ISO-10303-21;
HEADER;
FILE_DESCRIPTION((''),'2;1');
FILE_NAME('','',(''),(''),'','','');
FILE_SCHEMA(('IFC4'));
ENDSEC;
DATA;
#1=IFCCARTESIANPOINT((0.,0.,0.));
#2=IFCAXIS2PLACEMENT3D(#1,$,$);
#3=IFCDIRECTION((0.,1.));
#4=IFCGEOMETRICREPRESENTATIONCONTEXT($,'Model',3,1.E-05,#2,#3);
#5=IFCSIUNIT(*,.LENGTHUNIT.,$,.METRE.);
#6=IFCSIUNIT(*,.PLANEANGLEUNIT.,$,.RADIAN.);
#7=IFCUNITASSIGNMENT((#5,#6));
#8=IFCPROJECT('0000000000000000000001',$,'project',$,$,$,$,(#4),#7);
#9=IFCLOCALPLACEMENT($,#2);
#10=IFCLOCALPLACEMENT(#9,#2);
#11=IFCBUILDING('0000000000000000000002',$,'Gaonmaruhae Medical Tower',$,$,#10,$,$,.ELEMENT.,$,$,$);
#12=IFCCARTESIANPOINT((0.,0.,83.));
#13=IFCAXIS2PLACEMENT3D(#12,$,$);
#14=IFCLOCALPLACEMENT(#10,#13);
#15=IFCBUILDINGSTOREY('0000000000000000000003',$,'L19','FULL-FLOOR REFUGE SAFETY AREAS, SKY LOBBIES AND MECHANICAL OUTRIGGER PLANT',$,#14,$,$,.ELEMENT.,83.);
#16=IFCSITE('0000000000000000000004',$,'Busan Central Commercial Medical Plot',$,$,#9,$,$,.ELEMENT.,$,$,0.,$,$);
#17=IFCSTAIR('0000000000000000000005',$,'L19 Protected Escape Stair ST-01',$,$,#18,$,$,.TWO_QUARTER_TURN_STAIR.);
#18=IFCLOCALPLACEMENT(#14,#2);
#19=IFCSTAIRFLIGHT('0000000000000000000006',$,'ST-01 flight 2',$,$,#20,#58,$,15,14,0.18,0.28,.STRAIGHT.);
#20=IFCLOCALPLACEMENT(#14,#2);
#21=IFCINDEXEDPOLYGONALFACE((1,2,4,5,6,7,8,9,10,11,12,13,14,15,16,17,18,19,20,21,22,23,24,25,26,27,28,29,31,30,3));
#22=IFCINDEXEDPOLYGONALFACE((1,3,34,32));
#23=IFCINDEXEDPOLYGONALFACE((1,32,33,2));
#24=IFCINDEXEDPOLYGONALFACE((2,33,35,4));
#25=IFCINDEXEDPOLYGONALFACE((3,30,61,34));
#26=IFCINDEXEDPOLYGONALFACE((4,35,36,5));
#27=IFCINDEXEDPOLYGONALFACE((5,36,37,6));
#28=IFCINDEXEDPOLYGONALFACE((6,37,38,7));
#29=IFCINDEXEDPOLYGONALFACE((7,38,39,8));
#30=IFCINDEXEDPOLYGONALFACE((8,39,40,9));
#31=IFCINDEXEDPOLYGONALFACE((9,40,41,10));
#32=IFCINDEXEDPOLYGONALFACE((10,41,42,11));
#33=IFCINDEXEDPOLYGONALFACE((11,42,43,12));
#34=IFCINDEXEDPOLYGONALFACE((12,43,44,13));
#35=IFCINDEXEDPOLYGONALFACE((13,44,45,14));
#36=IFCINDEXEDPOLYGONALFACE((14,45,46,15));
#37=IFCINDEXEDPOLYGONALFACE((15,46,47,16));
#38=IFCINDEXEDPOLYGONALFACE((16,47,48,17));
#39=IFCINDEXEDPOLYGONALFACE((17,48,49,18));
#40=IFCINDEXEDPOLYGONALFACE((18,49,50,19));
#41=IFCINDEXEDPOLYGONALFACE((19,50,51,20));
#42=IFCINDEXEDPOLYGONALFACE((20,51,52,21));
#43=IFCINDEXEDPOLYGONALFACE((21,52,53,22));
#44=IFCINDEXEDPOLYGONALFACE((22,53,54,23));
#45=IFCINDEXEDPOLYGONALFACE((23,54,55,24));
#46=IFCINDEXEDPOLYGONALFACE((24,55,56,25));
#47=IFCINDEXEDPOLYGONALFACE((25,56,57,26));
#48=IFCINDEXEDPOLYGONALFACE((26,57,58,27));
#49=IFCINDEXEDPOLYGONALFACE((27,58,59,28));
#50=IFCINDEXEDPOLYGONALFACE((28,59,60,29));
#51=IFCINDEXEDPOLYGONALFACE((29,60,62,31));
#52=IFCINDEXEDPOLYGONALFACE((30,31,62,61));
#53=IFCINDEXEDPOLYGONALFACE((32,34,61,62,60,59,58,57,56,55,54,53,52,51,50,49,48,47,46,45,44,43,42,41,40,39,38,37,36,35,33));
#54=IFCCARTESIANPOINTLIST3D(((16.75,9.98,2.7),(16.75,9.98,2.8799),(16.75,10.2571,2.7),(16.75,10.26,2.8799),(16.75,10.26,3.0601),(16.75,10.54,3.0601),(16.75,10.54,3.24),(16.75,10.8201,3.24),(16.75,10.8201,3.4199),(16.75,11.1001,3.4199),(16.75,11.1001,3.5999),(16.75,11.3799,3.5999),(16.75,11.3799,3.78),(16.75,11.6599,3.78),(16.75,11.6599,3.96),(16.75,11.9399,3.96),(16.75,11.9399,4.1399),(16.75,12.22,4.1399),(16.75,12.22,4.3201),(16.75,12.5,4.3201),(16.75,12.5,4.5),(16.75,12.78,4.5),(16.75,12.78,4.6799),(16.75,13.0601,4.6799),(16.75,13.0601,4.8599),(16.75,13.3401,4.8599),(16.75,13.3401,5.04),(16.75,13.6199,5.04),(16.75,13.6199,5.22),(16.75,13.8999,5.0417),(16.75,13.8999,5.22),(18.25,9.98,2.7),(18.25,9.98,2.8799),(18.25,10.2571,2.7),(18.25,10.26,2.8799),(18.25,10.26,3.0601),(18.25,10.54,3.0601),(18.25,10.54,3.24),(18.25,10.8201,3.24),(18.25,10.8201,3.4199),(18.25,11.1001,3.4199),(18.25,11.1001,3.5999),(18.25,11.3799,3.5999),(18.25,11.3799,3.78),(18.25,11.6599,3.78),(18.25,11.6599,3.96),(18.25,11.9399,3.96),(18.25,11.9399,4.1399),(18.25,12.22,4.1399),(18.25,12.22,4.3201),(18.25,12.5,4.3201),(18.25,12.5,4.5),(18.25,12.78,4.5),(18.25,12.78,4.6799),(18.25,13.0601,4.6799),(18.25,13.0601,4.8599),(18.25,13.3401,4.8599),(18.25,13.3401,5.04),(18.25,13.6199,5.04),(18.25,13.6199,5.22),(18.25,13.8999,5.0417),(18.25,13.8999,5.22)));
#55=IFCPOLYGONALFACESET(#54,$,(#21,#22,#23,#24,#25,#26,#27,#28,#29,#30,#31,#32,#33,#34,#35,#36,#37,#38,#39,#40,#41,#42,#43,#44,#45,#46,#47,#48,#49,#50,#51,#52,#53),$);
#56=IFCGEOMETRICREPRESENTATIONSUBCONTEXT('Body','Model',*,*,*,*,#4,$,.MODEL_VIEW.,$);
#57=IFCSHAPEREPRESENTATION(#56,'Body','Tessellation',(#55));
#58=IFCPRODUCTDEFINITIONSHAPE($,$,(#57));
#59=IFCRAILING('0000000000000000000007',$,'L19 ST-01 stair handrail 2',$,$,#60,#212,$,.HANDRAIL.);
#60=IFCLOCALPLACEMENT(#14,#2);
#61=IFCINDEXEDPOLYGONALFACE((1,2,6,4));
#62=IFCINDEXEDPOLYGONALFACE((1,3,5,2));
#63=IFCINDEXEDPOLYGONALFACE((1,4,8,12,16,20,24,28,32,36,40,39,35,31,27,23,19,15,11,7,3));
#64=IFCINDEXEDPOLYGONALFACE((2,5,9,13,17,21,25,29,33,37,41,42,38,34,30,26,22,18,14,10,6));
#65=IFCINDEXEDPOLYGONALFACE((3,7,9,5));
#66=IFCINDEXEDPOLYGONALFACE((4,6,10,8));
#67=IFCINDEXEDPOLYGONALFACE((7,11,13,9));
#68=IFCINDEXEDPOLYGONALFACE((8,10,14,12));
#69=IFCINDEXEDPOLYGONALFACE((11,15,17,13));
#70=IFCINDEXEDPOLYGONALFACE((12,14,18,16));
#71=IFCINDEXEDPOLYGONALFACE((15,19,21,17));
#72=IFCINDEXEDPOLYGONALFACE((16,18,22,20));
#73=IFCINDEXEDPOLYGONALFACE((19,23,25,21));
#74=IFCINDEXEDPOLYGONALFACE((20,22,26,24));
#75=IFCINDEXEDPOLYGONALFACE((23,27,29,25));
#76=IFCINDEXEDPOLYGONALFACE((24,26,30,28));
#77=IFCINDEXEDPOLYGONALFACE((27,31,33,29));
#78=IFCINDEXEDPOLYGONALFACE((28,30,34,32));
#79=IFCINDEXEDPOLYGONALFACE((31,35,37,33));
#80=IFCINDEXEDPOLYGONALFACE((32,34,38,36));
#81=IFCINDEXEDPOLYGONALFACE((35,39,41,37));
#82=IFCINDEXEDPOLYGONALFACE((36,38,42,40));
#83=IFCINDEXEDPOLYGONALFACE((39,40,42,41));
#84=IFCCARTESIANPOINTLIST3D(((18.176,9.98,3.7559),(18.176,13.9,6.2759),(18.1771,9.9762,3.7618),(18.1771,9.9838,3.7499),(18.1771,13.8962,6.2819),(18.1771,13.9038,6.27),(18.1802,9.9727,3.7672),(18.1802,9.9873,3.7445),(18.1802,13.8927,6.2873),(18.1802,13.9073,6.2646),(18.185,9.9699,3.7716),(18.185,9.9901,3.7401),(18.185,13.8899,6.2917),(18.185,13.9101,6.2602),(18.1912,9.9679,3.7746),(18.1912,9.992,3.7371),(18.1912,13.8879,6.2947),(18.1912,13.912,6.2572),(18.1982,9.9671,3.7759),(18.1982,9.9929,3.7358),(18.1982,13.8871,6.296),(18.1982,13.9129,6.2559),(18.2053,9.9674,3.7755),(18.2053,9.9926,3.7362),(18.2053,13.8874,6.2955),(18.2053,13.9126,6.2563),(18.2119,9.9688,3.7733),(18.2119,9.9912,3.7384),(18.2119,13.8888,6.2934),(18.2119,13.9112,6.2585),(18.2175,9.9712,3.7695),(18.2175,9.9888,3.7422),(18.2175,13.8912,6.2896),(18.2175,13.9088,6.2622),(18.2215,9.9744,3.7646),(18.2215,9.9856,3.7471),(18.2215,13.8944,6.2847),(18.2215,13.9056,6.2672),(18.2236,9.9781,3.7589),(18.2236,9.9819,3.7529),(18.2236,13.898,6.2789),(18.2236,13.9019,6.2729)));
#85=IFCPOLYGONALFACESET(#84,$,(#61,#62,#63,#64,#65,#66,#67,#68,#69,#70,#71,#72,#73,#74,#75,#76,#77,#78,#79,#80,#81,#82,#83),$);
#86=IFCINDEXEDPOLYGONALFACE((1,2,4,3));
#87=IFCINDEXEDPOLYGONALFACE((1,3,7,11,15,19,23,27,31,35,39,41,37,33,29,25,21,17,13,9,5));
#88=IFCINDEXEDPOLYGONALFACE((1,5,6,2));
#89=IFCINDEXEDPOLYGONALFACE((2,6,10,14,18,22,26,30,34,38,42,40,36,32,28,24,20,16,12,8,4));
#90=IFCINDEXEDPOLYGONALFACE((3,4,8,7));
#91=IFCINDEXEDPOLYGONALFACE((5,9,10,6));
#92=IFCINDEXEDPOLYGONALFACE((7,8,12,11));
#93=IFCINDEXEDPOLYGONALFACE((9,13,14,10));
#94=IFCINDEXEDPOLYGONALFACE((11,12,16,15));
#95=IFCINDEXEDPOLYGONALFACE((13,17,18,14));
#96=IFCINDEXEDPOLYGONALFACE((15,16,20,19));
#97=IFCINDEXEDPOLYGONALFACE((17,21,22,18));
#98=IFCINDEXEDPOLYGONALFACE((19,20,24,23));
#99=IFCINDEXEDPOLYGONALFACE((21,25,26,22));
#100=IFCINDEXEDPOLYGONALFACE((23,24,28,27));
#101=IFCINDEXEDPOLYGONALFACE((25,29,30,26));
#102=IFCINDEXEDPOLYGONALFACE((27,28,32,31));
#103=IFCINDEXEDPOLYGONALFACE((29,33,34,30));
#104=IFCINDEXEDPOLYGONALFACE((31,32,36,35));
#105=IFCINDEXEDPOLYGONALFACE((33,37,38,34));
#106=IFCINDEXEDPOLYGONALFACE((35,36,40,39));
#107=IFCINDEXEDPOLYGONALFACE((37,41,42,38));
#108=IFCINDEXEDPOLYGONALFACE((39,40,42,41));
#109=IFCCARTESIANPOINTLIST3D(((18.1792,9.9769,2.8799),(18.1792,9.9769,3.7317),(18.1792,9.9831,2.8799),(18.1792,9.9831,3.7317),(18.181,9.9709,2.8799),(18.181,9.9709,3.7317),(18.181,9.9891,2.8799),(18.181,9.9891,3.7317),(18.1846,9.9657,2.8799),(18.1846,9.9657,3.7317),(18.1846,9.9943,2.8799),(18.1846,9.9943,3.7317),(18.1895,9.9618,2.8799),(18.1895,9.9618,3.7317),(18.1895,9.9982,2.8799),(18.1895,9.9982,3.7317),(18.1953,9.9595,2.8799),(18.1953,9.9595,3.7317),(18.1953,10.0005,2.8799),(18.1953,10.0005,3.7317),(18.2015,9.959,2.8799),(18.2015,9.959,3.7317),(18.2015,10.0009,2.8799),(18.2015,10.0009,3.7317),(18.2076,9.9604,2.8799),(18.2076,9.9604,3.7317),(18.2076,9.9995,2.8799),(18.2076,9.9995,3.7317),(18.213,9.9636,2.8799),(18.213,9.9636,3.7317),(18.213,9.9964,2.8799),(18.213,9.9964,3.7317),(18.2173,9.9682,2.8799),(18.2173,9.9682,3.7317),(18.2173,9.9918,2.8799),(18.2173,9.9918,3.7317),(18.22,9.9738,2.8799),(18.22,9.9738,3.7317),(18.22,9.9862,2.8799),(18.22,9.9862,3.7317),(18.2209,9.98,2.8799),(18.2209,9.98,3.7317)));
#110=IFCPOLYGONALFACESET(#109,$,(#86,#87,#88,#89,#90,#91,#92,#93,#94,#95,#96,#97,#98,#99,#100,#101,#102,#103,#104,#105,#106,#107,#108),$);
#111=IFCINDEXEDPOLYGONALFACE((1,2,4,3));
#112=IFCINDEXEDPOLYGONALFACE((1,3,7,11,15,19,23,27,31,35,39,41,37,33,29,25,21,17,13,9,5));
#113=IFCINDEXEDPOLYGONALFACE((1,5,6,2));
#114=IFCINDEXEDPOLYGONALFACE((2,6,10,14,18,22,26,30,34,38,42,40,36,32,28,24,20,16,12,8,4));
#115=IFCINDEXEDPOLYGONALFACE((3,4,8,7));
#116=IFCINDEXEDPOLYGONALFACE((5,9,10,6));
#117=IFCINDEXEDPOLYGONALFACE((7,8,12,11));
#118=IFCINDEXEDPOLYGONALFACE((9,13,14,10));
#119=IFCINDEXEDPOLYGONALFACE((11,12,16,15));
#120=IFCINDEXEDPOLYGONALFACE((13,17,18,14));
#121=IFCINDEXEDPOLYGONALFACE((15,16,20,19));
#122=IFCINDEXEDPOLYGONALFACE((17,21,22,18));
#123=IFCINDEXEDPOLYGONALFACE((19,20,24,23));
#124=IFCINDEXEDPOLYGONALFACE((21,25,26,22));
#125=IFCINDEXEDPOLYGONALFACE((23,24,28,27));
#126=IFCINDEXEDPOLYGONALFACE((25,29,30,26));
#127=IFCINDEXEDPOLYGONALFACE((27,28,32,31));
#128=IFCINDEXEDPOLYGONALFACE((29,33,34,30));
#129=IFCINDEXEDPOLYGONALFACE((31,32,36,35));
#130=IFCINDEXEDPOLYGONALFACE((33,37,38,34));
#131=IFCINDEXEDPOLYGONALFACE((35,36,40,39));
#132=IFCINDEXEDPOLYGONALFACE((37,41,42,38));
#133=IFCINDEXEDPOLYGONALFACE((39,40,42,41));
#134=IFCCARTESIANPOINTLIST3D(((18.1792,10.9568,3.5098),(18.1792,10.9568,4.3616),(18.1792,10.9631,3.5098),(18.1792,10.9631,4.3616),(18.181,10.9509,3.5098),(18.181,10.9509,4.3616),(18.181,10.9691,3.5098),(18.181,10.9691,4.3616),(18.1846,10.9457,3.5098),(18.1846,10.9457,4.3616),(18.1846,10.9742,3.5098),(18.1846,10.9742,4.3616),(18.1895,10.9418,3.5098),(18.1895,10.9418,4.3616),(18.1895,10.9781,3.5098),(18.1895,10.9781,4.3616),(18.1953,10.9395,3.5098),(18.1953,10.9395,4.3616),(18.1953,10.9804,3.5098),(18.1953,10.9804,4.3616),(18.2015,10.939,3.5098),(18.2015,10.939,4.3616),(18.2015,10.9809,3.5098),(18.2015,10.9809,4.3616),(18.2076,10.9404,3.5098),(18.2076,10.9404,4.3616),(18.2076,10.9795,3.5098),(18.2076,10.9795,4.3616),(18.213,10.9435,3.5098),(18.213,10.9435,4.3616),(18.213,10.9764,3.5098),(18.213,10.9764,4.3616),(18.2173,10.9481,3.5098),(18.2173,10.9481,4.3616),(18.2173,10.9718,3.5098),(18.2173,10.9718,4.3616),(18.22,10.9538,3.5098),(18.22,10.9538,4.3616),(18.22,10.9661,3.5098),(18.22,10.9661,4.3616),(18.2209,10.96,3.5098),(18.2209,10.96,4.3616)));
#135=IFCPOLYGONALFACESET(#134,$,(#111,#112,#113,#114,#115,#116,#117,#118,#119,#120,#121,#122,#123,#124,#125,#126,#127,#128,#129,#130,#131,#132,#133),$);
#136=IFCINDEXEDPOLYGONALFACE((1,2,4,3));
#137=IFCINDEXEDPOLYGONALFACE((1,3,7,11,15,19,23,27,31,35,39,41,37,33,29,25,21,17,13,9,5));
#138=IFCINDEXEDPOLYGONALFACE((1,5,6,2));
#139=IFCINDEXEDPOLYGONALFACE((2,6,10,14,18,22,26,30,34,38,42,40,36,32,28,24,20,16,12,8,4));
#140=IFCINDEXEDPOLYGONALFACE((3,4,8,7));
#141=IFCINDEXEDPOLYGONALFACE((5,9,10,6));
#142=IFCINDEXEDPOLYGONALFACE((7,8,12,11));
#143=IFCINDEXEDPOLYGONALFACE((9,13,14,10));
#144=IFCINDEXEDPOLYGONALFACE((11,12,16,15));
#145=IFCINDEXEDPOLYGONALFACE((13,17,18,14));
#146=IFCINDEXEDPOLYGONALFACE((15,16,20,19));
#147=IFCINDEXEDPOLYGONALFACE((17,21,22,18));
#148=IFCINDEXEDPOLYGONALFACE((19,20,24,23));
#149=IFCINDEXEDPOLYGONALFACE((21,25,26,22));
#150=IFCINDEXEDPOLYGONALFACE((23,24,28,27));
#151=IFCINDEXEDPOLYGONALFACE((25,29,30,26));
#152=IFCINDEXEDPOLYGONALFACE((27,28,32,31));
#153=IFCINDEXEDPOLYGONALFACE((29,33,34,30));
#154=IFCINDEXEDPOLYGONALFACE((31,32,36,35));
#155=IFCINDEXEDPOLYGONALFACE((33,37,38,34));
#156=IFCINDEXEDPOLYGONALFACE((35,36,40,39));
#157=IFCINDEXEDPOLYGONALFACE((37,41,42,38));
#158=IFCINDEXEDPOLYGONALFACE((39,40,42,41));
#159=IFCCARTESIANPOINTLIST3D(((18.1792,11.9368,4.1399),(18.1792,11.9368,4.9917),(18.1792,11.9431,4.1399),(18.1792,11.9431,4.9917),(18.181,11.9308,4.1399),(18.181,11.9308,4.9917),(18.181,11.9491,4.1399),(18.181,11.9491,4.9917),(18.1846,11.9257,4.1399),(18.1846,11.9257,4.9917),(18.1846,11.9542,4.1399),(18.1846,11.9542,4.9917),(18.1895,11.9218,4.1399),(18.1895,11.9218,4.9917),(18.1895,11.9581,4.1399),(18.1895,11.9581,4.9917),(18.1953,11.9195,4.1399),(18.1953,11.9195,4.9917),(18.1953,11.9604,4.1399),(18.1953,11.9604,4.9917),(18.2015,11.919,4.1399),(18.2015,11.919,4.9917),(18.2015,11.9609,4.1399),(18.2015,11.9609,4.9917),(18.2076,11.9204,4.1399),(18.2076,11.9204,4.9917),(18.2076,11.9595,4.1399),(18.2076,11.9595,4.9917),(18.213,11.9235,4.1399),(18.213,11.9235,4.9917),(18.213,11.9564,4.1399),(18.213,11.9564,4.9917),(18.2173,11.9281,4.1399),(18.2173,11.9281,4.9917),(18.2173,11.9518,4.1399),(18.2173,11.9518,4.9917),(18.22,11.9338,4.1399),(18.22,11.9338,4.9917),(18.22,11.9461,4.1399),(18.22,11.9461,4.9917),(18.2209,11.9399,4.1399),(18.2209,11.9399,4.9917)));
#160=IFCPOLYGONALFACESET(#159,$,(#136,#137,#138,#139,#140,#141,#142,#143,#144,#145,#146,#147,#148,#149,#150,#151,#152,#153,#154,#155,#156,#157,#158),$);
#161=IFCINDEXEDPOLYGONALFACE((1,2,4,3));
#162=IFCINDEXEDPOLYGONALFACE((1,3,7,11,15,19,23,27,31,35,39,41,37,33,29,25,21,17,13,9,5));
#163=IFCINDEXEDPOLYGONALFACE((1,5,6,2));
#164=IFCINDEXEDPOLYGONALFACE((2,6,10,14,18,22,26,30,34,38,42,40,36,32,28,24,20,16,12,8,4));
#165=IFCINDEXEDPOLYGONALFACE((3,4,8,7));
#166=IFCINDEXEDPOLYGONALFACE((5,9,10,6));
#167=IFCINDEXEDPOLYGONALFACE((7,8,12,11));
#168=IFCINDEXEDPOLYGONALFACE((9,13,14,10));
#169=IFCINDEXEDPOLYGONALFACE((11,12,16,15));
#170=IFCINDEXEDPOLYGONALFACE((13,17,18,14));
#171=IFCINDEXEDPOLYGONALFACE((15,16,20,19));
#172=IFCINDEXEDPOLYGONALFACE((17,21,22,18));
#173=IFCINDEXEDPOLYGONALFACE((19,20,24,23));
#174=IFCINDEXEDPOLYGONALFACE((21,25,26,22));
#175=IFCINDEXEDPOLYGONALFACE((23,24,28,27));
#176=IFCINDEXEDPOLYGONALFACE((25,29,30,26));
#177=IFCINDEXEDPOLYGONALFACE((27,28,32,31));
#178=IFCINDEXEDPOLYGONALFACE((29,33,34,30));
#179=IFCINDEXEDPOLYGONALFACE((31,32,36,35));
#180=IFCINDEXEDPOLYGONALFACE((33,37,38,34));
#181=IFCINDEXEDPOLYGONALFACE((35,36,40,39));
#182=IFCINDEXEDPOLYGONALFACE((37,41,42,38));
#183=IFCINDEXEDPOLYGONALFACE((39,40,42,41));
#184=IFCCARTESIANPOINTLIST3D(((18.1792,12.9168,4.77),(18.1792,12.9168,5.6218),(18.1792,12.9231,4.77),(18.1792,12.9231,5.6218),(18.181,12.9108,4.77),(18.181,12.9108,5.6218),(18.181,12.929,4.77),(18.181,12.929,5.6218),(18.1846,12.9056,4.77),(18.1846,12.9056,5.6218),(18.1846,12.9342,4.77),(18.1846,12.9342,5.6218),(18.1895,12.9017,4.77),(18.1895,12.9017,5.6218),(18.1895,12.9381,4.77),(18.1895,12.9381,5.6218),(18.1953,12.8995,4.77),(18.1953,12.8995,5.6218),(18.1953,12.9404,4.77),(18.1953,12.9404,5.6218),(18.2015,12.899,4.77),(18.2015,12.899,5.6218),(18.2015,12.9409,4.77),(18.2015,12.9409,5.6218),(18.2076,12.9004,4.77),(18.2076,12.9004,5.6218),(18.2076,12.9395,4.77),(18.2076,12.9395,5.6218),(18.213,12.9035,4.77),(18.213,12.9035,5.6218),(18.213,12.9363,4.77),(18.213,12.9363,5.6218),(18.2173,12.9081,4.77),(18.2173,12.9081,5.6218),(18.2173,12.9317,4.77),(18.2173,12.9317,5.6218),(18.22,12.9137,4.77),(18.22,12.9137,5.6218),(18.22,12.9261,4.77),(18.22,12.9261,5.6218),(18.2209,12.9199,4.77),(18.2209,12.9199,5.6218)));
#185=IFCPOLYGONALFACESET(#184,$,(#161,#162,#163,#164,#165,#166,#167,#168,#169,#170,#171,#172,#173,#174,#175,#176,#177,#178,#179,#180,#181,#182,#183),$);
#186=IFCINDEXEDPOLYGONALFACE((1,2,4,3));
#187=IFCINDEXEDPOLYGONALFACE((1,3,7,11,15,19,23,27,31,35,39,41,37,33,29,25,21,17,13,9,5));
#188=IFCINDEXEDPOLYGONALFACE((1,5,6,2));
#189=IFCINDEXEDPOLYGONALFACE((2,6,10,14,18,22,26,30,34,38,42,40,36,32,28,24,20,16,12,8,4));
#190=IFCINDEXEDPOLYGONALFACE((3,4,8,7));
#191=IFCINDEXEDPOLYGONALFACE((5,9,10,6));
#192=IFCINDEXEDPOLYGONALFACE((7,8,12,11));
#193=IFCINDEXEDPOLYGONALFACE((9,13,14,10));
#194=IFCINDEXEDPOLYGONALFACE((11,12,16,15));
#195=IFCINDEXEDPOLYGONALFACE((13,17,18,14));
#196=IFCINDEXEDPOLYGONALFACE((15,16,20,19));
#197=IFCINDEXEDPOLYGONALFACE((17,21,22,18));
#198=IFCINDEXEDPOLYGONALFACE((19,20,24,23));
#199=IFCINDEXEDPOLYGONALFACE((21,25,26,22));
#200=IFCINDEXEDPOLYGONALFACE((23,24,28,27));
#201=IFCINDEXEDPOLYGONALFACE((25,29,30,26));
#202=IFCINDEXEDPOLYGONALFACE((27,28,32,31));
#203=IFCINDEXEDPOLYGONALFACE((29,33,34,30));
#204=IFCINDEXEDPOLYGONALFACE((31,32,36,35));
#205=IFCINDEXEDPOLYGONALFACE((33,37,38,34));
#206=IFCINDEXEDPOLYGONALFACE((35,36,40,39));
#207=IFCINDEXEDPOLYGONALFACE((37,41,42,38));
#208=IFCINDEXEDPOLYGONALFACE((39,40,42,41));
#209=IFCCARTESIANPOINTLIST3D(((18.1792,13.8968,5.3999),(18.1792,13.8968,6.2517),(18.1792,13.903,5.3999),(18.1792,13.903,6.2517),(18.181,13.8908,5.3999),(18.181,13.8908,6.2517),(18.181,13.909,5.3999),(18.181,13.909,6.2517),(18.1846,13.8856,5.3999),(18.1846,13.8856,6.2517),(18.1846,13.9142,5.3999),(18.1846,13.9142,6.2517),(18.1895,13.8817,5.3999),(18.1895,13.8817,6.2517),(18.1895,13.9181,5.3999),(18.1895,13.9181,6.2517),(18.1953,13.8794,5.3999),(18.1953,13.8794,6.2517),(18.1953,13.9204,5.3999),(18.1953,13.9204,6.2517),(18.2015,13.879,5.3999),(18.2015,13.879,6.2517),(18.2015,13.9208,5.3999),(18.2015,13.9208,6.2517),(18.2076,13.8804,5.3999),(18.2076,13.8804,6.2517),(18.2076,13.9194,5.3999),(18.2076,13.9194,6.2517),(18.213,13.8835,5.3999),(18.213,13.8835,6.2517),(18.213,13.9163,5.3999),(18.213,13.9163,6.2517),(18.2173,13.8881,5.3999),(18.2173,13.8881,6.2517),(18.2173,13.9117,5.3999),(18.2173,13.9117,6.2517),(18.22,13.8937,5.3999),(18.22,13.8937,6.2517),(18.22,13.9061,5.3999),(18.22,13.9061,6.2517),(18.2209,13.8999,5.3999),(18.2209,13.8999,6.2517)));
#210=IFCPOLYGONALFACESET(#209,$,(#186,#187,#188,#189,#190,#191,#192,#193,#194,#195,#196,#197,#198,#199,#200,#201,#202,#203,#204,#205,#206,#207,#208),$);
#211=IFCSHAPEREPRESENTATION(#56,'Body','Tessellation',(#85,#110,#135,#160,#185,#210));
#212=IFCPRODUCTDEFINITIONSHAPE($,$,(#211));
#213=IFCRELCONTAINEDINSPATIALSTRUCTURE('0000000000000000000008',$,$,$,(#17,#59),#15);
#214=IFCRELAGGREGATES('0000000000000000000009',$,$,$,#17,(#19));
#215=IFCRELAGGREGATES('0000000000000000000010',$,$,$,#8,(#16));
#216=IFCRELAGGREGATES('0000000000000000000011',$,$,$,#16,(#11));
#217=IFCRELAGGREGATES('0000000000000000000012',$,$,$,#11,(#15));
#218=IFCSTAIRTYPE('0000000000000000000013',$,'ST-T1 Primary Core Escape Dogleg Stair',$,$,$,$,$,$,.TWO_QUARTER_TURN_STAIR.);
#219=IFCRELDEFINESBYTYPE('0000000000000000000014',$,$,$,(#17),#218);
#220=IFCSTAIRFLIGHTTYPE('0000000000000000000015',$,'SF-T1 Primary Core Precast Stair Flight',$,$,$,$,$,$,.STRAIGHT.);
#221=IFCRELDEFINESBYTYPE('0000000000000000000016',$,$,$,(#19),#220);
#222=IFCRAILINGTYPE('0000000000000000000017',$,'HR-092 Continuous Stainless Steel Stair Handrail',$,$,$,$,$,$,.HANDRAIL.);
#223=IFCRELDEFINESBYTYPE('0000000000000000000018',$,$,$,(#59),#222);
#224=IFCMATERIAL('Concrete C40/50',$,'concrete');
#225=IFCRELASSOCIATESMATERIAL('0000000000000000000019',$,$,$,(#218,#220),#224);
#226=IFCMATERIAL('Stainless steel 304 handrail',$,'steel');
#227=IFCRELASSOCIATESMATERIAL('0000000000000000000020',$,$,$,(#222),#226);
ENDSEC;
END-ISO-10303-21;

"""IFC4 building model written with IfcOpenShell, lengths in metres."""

from ifc_helpers import new_model, si_unit, direction, frame, origin, origin_2d, place, context, subcontext, project, spatial, polyline, circle, outline, extrude, material, type_object, element, aggregate, save


model = new_model("IFC4")

# Units and contexts
model_context = context("Model", 3, precision=1e-05, world=origin(), true_north=direction((0.0, 1.0)))
body_context = subcontext(model_context, "Body", "Model", "MODEL_VIEW")
ifc_project = project(units=[si_unit("LENGTHUNIT", "METRE"), si_unit("PLANEANGLEUNIT", "RADIAN")], contexts=[model_context])

# Site, building, storey
site_placement = place(None, origin())
site = spatial("IfcSite", under=ifc_project, at=site_placement, Name="Busan Central Commercial Medical Plot", CompositionType="ELEMENT", RefElevation=0.0)
building_placement = place(site_placement, origin())
building = spatial("IfcBuilding", under=site, at=building_placement, Name="Gaonmaruhae Medical Tower", CompositionType="ELEMENT")
storey_placement = place(building_placement, frame((0.0, 0.0, 83.0)))
storey = spatial("IfcBuildingStorey", under=building, at=storey_placement, Name="L19", Description="FULL-FLOOR REFUGE SAFETY AREAS, SKY LOBBIES AND MECHANICAL OUTRIGGER PLANT", CompositionType="ELEMENT", Elevation=83.0)

# Stair, stair flight
ifc_material_1 = material(Name="Concrete C40/50", Category="concrete")
stair_type = type_object("IfcStairType", Name="ST-T1 Primary Core Escape Dogleg Stair", PredefinedType="TWO_QUARTER_TURN_STAIR", material=ifc_material_1)
stair_placement = place(storey_placement, origin())
stair = element("IfcStair", 1, at=stair_placement, inside=storey, type_object=stair_type, Name="L19 Protected Escape Stair ST-01", PredefinedType="TWO_QUARTER_TURN_STAIR")
stair_flight_type = type_object("IfcStairFlightType", Name="SF-T1 Primary Core Precast Stair Flight", PredefinedType="STRAIGHT", material=ifc_material_1)
stair_flight_placement = place(storey_placement, frame((17.5, 9.98, 2.7), z_axis=(0.0, 0.0, 1.0), x_axis=(0.0, 1.0, 0.0)))
stair_flight = element("IfcStairFlight", 2, at=stair_flight_placement, type_object=stair_flight_type, Name="ST-01 flight 2", NumberOfRisers=15, NumberOfTreads=14, PredefinedType="STRAIGHT", RiserHeight=0.18, TreadLength=0.28, context=body_context, shape_type="SweptSolid", body=[
    extrude(outline(polyline([(0.0, 0.0), (0.0, 0.1799), (0.28, 0.1799), (0.28, 0.3601), (0.5601, 0.3601), (0.5601, 0.54), (0.8401, 0.54), (0.8401, 0.72), (1.1201, 0.72), (1.1201, 0.8999), (1.3999, 0.8999), (1.3999, 1.0801), (1.6799, 1.0801), (1.6799, 1.26), (1.96, 1.26), (1.96, 1.4399), (2.24, 1.4399), (2.24, 1.6201), (2.52, 1.6201), (2.52, 1.8), (2.8, 1.8), (2.8, 1.98), (3.0801, 1.98), (3.0801, 2.1599), (3.3601, 2.1599), (3.3601, 2.3401), (3.6399, 2.3401), (3.6399, 2.52), (3.9199, 2.52), (3.9199, 2.7), (3.9199, 2.3418), (0.2771, 0.0), (0.0, 0.0)])), frame((0.0, 0.75, 0.0), z_axis=(0.0, -1.0, 0.0), x_axis=(1.0, 0.0, 0.0)), (0.0, 0.0, 1.0), 1.5),
])
aggregate(stair, [stair_flight])

# Railing
ifc_material_2 = material(Name="Stainless steel 304 handrail", Category="steel")
railing_type_1 = type_object("IfcRailingType", Name="HR-092 Continuous Stainless Steel Stair Handrail", PredefinedType="HANDRAIL", material=ifc_material_2)
railing_1_placement = place(storey_placement, frame((18.2, 9.98, 2.8799)))
element("IfcRailing", 3, at=railing_1_placement, inside=storey, type_object=railing_type_1, Name="L19 ST-01 stair handrail 2", PredefinedType="HANDRAIL", context=body_context, shape_type="SweptSolid", body=[
    extrude(circle(Radius=0.0239, at=origin_2d()), frame((0.0, 0.0, 0.876), z_axis=(0.0, 0.841172, 0.540768), x_axis=(-1.0, 0.0, 0.0)), (0.0, 0.0, 1.0), 4.6602),
    extrude(circle(Radius=0.021, at=origin_2d()), origin(), (0.0, 0.0, 1.0), 0.8518),
    extrude(circle(Radius=0.021, at=origin_2d()), frame((0.0, 0.98, 0.6299)), (0.0, 0.0, 1.0), 0.8518),
    extrude(circle(Radius=0.021, at=origin_2d()), frame((0.0, 1.96, 1.26)), (0.0, 0.0, 1.0), 0.8518),
    extrude(circle(Radius=0.021, at=origin_2d()), frame((0.0, 2.9399, 1.8901)), (0.0, 0.0, 1.0), 0.8518),
    extrude(circle(Radius=0.021, at=origin_2d()), frame((0.0, 3.9199, 2.52)), (0.0, 0.0, 1.0), 0.8518),
])

save(model, "model.ifc")
